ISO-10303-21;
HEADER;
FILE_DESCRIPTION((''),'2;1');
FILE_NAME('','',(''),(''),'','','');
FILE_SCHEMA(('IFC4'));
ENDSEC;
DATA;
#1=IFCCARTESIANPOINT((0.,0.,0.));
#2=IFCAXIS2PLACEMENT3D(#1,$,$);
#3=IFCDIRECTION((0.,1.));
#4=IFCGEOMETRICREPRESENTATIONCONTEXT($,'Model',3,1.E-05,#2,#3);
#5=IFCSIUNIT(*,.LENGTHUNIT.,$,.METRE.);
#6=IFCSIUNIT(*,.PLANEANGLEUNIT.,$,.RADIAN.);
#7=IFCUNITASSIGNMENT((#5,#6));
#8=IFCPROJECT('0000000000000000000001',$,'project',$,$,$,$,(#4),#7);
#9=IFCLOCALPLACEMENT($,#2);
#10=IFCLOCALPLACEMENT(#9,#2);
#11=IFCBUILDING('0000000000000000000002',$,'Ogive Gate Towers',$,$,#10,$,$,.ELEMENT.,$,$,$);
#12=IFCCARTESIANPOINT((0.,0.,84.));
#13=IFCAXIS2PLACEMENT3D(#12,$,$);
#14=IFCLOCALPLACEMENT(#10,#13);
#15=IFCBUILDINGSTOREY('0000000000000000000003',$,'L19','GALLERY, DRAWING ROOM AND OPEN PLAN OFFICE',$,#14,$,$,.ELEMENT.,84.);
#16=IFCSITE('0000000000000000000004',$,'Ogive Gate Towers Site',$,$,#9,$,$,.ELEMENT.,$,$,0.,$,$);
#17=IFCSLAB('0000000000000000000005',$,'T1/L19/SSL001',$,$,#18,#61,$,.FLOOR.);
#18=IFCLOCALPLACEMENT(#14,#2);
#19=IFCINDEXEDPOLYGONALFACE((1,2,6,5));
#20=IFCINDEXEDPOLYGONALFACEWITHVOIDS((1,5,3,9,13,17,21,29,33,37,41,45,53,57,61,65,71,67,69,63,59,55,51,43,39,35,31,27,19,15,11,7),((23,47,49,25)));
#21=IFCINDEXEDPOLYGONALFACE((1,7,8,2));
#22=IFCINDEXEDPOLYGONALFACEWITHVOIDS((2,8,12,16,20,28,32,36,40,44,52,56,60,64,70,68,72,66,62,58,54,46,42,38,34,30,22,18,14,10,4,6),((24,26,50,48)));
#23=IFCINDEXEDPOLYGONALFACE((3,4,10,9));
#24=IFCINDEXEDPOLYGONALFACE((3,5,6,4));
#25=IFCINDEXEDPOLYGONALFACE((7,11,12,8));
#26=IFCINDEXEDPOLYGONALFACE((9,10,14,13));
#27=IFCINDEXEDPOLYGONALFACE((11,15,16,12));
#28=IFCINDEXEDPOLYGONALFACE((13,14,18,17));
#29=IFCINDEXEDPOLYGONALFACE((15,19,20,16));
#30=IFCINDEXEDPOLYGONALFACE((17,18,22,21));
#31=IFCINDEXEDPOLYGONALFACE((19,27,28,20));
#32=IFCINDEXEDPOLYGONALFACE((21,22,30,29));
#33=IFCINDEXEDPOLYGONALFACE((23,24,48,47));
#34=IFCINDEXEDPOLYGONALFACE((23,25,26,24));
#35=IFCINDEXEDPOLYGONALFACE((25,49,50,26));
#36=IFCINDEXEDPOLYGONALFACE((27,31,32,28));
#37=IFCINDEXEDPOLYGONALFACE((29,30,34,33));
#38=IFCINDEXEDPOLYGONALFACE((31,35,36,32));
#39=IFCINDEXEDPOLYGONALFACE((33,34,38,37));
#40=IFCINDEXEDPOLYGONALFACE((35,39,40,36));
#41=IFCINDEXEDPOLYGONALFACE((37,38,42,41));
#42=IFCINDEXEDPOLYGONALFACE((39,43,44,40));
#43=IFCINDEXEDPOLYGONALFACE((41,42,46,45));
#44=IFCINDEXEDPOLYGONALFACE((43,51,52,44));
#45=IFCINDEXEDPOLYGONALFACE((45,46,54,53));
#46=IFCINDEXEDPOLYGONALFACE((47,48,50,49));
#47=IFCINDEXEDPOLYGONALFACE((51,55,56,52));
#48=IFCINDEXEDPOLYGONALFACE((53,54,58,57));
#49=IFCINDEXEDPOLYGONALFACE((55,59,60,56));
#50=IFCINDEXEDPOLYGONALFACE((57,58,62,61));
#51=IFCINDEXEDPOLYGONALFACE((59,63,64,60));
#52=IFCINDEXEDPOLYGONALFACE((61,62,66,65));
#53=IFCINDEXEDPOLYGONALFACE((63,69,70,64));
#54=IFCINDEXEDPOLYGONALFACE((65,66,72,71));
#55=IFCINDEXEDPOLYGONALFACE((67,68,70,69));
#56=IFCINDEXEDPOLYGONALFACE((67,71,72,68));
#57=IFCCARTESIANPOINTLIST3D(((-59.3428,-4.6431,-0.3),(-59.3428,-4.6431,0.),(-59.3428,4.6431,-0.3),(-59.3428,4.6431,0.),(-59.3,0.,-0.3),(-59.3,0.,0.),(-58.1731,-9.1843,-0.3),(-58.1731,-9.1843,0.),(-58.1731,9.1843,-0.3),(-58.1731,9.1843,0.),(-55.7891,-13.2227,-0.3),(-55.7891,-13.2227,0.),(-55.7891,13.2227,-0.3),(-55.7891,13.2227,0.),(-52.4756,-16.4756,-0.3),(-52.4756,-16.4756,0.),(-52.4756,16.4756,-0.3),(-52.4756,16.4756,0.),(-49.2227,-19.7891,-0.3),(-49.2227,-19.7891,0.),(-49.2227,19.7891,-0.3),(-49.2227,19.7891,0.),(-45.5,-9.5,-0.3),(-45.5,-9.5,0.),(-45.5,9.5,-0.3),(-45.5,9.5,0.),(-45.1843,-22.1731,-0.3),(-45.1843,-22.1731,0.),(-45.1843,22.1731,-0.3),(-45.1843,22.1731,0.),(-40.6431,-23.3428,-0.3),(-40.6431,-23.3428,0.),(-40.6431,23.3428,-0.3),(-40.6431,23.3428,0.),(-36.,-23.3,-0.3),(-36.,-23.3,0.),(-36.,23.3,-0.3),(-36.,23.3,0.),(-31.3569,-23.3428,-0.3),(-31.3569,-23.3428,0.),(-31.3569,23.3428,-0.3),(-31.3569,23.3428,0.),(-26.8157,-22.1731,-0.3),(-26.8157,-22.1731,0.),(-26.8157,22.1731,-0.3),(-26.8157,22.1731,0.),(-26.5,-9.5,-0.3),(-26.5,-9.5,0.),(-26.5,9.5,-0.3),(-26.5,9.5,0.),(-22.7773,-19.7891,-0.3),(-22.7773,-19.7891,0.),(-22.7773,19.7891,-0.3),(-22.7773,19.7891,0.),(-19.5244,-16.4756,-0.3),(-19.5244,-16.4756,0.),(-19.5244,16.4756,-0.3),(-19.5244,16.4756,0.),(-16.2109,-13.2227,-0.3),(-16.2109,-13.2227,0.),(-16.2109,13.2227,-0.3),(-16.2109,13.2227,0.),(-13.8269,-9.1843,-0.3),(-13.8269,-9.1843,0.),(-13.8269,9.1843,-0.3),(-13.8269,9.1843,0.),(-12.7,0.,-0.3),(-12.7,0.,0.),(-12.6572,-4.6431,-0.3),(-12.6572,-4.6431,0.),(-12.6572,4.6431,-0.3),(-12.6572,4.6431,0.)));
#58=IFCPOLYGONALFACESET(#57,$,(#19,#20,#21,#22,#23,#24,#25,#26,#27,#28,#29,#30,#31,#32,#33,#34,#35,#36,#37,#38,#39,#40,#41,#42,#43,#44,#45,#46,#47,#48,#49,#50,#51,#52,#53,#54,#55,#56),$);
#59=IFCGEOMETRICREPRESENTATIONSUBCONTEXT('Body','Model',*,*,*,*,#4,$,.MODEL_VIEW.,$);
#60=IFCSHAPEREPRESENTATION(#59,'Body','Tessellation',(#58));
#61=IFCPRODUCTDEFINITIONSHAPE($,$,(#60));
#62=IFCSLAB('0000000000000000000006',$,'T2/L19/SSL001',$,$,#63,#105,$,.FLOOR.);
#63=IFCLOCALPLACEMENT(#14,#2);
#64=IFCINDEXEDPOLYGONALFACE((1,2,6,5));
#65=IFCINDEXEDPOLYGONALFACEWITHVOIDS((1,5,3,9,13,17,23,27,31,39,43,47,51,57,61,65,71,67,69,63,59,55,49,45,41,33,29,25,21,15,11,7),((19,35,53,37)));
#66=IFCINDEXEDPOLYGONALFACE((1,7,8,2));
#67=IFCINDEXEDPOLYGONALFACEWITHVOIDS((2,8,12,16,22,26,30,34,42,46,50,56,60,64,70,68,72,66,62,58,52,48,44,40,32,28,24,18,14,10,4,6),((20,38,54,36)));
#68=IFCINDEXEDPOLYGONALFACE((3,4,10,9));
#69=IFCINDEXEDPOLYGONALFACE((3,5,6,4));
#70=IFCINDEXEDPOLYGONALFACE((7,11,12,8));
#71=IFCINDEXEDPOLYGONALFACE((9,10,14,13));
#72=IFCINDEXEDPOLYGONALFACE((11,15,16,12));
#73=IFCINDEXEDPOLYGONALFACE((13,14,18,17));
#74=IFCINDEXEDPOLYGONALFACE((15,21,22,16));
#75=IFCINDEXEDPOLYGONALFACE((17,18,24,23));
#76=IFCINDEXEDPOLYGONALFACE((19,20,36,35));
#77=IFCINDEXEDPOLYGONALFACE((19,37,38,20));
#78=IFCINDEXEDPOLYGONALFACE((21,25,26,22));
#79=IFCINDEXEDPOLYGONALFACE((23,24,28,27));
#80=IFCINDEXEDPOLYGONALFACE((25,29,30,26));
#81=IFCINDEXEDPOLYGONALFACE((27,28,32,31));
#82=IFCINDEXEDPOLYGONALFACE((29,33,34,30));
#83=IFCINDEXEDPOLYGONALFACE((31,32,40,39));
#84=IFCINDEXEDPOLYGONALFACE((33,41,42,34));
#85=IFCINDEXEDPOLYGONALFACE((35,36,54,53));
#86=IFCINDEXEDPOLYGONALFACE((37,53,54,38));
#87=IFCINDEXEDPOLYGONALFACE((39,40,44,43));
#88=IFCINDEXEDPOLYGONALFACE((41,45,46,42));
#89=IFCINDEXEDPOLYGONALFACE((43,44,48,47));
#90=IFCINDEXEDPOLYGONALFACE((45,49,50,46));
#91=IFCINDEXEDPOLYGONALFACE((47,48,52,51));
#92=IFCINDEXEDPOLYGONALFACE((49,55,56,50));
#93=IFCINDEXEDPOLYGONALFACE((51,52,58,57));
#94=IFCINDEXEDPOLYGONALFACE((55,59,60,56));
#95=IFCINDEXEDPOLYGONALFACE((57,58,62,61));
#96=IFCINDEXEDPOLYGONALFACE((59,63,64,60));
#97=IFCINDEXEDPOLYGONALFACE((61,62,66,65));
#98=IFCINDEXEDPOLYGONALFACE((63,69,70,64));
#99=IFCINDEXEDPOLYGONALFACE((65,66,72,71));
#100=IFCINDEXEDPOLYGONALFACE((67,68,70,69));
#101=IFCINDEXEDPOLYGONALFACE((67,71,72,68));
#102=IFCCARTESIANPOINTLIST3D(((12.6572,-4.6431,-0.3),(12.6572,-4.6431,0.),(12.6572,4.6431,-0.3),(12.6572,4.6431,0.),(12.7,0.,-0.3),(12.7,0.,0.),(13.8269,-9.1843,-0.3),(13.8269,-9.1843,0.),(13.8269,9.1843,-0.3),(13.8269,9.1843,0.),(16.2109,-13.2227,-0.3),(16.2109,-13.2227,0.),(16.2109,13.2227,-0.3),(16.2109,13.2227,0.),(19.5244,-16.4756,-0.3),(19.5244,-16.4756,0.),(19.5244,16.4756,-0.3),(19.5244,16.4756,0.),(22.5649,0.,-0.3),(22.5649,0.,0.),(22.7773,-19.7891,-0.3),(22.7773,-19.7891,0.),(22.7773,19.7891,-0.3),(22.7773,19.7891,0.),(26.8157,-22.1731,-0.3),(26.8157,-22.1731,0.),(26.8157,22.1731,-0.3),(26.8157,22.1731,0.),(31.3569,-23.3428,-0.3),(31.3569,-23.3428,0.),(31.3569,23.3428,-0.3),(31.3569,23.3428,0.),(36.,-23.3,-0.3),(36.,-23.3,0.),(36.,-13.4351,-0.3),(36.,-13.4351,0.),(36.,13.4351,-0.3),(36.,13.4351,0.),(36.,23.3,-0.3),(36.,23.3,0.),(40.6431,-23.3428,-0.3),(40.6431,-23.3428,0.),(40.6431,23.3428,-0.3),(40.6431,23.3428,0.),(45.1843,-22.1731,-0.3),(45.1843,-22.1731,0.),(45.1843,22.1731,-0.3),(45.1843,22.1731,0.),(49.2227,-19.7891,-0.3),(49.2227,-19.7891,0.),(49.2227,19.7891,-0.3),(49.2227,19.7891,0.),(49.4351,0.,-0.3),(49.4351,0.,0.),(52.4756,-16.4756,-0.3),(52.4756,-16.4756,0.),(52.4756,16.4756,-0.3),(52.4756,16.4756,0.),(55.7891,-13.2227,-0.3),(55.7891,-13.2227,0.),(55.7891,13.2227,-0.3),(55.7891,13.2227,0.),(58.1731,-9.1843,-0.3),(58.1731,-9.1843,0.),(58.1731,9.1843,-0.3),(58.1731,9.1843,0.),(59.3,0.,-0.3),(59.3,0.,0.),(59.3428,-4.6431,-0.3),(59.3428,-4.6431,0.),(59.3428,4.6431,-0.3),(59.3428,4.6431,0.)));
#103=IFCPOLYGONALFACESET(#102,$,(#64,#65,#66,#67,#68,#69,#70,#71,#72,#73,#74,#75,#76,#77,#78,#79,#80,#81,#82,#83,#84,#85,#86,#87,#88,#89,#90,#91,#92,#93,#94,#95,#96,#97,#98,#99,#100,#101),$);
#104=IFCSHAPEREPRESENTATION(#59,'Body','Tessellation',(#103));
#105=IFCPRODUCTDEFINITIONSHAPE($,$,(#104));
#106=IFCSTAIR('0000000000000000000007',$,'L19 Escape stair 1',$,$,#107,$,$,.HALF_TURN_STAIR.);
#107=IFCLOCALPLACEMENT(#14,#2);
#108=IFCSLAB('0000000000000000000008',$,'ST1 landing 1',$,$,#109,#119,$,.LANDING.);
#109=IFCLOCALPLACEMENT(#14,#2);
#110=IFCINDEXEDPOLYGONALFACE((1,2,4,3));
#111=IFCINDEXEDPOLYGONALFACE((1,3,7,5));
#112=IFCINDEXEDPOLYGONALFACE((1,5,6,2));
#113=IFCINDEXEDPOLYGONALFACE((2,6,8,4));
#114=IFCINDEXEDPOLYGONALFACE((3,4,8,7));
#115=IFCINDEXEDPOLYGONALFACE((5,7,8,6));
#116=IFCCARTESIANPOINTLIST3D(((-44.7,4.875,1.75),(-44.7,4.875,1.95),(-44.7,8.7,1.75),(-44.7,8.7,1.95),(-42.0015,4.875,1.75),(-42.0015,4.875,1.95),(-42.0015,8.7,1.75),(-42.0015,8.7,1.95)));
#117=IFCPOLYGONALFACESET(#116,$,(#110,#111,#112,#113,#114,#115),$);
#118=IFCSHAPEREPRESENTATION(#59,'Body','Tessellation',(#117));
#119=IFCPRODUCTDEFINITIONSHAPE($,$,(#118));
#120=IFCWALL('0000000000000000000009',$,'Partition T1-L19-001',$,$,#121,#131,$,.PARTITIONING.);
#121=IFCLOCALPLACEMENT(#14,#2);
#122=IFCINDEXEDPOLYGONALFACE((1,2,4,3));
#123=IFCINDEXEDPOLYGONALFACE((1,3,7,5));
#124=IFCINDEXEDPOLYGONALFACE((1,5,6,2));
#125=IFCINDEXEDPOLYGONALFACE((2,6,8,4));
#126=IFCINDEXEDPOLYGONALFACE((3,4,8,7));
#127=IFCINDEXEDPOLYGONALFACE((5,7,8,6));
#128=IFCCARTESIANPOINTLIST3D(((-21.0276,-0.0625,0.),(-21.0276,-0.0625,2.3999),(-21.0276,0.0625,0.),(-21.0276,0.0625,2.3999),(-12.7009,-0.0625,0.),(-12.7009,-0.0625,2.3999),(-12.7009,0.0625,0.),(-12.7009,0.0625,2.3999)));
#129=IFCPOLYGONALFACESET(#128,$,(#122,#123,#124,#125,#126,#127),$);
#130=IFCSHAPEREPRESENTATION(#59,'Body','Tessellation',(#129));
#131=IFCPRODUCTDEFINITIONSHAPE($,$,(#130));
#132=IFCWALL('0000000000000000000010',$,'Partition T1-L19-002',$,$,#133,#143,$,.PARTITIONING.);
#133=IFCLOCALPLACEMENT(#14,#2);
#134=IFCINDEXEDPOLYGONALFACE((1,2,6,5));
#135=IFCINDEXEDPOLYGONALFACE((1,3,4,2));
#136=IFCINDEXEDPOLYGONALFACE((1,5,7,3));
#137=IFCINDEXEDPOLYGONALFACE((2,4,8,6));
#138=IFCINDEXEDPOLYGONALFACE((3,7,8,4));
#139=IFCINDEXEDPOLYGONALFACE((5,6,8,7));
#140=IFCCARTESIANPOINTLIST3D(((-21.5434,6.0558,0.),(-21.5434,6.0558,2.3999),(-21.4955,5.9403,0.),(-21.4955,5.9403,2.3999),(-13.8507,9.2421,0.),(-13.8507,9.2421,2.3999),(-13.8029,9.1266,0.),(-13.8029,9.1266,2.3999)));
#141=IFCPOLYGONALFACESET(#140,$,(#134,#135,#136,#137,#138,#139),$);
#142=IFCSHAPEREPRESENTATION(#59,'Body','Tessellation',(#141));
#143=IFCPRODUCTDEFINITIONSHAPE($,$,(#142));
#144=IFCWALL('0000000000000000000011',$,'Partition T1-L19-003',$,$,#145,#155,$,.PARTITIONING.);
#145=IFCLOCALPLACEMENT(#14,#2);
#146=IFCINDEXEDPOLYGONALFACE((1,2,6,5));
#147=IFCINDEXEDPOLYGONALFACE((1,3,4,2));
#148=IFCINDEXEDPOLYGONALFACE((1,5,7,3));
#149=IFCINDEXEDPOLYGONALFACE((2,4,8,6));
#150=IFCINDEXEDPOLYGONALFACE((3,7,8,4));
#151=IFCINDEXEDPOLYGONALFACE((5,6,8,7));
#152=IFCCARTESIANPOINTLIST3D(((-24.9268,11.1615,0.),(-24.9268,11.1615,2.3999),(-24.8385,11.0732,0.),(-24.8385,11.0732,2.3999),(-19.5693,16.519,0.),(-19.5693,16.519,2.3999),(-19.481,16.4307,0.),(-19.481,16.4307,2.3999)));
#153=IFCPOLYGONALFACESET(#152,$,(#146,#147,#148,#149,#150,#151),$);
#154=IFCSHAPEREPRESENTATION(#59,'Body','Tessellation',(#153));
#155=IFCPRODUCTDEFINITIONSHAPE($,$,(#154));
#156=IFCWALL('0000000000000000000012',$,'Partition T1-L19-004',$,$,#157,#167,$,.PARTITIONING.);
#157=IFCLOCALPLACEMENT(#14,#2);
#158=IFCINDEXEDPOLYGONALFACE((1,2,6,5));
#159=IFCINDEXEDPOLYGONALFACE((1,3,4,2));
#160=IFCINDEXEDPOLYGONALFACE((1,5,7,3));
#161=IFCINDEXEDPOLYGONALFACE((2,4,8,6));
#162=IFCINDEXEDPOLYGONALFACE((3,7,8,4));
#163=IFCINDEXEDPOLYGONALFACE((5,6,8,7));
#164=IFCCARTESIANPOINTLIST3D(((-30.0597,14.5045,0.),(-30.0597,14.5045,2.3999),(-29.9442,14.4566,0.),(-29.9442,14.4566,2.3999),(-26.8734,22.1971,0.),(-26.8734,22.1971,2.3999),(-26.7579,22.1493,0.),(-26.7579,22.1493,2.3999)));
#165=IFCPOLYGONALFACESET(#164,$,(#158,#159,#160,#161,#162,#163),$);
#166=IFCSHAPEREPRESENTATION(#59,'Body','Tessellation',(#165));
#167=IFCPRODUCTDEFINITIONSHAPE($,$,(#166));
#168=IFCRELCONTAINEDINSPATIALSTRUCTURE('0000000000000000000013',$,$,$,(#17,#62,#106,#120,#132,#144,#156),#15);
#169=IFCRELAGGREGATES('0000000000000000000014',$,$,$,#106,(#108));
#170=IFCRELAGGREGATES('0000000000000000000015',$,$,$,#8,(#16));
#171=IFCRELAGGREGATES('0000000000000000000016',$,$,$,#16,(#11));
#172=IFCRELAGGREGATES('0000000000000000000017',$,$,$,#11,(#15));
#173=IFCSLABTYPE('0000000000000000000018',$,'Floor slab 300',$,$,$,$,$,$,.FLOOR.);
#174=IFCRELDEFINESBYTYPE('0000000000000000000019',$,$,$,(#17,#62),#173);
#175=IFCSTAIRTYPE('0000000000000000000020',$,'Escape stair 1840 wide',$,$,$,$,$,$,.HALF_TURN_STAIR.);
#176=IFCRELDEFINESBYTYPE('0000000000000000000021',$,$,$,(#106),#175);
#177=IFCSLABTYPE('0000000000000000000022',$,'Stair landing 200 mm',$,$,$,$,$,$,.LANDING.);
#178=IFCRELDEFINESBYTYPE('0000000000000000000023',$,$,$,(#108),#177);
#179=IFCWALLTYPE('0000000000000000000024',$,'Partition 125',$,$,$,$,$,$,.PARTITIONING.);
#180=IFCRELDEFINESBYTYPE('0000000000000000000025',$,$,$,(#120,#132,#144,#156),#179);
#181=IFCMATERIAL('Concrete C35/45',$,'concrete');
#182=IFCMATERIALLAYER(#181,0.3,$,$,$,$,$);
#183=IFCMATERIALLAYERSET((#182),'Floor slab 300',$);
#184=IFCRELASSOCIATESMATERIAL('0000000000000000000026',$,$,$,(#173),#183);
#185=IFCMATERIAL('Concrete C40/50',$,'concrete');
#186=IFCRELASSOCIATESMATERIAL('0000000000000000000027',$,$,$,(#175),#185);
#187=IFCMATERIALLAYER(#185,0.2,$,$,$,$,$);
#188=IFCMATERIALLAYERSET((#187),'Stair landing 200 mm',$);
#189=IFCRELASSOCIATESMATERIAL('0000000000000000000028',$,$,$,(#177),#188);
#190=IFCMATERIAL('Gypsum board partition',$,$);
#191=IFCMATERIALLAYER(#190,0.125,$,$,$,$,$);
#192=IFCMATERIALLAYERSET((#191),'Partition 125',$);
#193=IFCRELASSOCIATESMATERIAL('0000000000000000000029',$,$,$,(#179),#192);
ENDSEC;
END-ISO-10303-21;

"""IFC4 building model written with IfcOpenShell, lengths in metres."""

from ifc_helpers import new_model, si_unit, direction, frame, frame_2d, origin, place, context, subcontext, project, spatial, polyline, rectangle, outline, extrude, material, layer, layer_set, type_object, element, aggregate, save


model = new_model("IFC4")

# Units and contexts
model_context = context("Model", 3, precision=1e-05, world=origin(), true_north=direction((0.0, 1.0)))
body_context = subcontext(model_context, "Body", "Model", "MODEL_VIEW")
ifc_project = project(units=[si_unit("LENGTHUNIT", "METRE"), si_unit("PLANEANGLEUNIT", "RADIAN")], contexts=[model_context])

# Site, building, storey
site_placement = place(None, origin())
site = spatial("IfcSite", under=ifc_project, at=site_placement, Name="Ogive Gate Towers Site", CompositionType="ELEMENT", RefElevation=0.0)
building_placement = place(site_placement, origin())
building = spatial("IfcBuilding", under=site, at=building_placement, Name="Ogive Gate Towers", CompositionType="ELEMENT")
storey_placement = place(building_placement, frame((0.0, 0.0, 84.0)))
storey = spatial("IfcBuildingStorey", under=building, at=storey_placement, Name="L19", Description="GALLERY, DRAWING ROOM AND OPEN PLAN OFFICE", CompositionType="ELEMENT", Elevation=84.0)

# Slabs
ifc_material_1 = material(Name="Concrete C40/50", Category="concrete")
ifc_material_2 = material(Name="Concrete C35/45", Category="concrete")
ifc_layer_1 = layer(ifc_material_2, 0.3)
ifc_layer_set_1 = layer_set([ifc_layer_1], Name="Floor slab 300")
slab_type_1 = type_object("IfcSlabType", Name="Floor slab 300", PredefinedType="FLOOR", material=ifc_layer_set_1)
slab_1_placement = place(storey_placement, frame((0.0, 0.0, -0.3)))
element("IfcSlab", 1, at=slab_1_placement, inside=storey, type_object=slab_type_1, Name="T1/L19/SSL001", PredefinedType="FLOOR", context=body_context, shape_type="SweptSolid", body=[
    extrude(outline(polyline([(-12.6572, -4.6431), (-12.7, 0.0), (-12.6572, 4.6431), (-13.8269, 9.1843), (-16.2109, 13.2227), (-19.5244, 16.4756), (-22.7773, 19.7891), (-26.8157, 22.1731), (-31.3569, 23.3428), (-36.0, 23.3), (-40.6431, 23.3428), (-45.1843, 22.1731), (-49.2227, 19.7891), (-52.4756, 16.4756), (-55.7891, 13.2227), (-58.1731, 9.1843), (-59.3428, 4.6431), (-59.3, 0.0), (-59.3428, -4.6431), (-58.1731, -9.1843), (-55.7891, -13.2227), (-52.4756, -16.4756), (-49.2227, -19.7891), (-45.1843, -22.1731), (-40.6431, -23.3428), (-36.0, -23.3), (-31.3569, -23.3428), (-26.8157, -22.1731), (-22.7773, -19.7891), (-19.5244, -16.4756), (-16.2109, -13.2227), (-13.8269, -9.1843), (-12.6572, -4.6431)]), holes=[polyline([(-26.5, -9.5), (-45.5, -9.5), (-45.5, 9.5), (-26.5, 9.5), (-26.5, -9.5)])]), origin(), (0.0, 0.0, 1.0), 0.3),
])
slab_2_placement = place(storey_placement, frame((0.0, 0.0, -0.3)))
element("IfcSlab", 2, at=slab_2_placement, inside=storey, type_object=slab_type_1, Name="T2/L19/SSL001", PredefinedType="FLOOR", context=body_context, shape_type="SweptSolid", body=[
    extrude(outline(polyline([(59.3428, -4.6431), (59.3, 0.0), (59.3428, 4.6431), (58.1731, 9.1843), (55.7891, 13.2227), (52.4756, 16.4756), (49.2227, 19.7891), (45.1843, 22.1731), (40.6431, 23.3428), (36.0, 23.3), (31.3569, 23.3428), (26.8157, 22.1731), (22.7773, 19.7891), (19.5244, 16.4756), (16.2109, 13.2227), (13.8269, 9.1843), (12.6572, 4.6431), (12.7, 0.0), (12.6572, -4.6431), (13.8269, -9.1843), (16.2109, -13.2227), (19.5244, -16.4756), (22.7773, -19.7891), (26.8157, -22.1731), (31.3569, -23.3428), (36.0, -23.3), (40.6431, -23.3428), (45.1843, -22.1731), (49.2227, -19.7891), (52.4756, -16.4756), (55.7891, -13.2227), (58.1731, -9.1843), (59.3428, -4.6431)]), holes=[polyline([(49.4351, 0.0), (36.0, -13.4351), (22.5649, 0.0), (36.0, 13.4351), (49.4351, 0.0)])]), origin(), (0.0, 0.0, 1.0), 0.3),
])

# Stair, slab
stair_type = type_object("IfcStairType", Name="Escape stair 1840 wide", PredefinedType="HALF_TURN_STAIR", material=ifc_material_1)
stair_placement = place(storey_placement, origin())
stair = element("IfcStair", 3, at=stair_placement, inside=storey, type_object=stair_type, Name="L19 Escape stair 1", PredefinedType="HALF_TURN_STAIR")
ifc_layer_2 = layer(ifc_material_1, 0.2)
ifc_layer_set_2 = layer_set([ifc_layer_2], Name="Stair landing 200 mm")
slab_type_2 = type_object("IfcSlabType", Name="Stair landing 200 mm", PredefinedType="LANDING", material=ifc_layer_set_2)
slab_3_placement = place(storey_placement, frame((0.0, 0.0, 1.75)))
slab_3 = element("IfcSlab", 4, at=slab_3_placement, type_object=slab_type_2, Name="ST1 landing 1", PredefinedType="LANDING", context=body_context, shape_type="SweptSolid", body=[
    extrude(outline(polyline([(-42.0015, 8.7), (-44.7, 8.7), (-44.7, 4.875), (-42.0015, 4.875), (-42.0015, 8.7)])), origin(), (0.0, 0.0, 1.0), 0.2),
])
aggregate(stair, [slab_3])

# Walls
ifc_material_3 = material(Name="Gypsum board partition")
ifc_layer_3 = layer(ifc_material_3, 0.125)
ifc_layer_set_3 = layer_set([ifc_layer_3], Name="Partition 125")
wall_type_1 = type_object("IfcWallType", Name="Partition 125", PredefinedType="PARTITIONING", material=ifc_layer_set_3)
wall_1_placement = place(storey_placement, frame((-12.7009, 0.0, 0.0), z_axis=(0.0, 0.0, 1.0), x_axis=(-1.0, 0.0, 0.0)))
element("IfcWall", 5, at=wall_1_placement, inside=storey, type_object=wall_type_1, Name="Partition T1-L19-001", PredefinedType="PARTITIONING", context=body_context, shape_type="SweptSolid", body=[
    extrude(rectangle(XDim=8.3267, YDim=0.125, at=frame_2d((4.1633, 0.0))), origin(), (0.0, 0.0, 1.0), 2.3999),
])
wall_2_placement = place(storey_placement, frame((-13.8269, 9.1843, 0.0), z_axis=(0.0, 0.0, 1.0), x_axis=(-0.923884, -0.382672, 0.0)))
element("IfcWall", 6, at=wall_2_placement, inside=storey, type_object=wall_type_1, Name="Partition T1-L19-002", PredefinedType="PARTITIONING", context=body_context, shape_type="SweptSolid", body=[
    extrude(rectangle(XDim=8.3264, YDim=0.125, at=frame_2d((4.1631, 0.0))), origin(), (0.0, 0.0, 1.0), 2.3999),
])
wall_3_placement = place(storey_placement, frame((-19.5251, 16.4749, 0.0), z_axis=(0.0, 0.0, 1.0), x_axis=(-0.707107, -0.707107, 0.0)))
element("IfcWall", 7, at=wall_3_placement, inside=storey, type_object=wall_type_1, Name="Partition T1-L19-003", PredefinedType="PARTITIONING", context=body_context, shape_type="SweptSolid", body=[
    extrude(rectangle(XDim=7.5767, YDim=0.125, at=frame_2d((3.7883, 0.0))), origin(), (0.0, 0.0, 1.0), 2.3999),
])
wall_4_placement = place(storey_placement, frame((-26.8157, 22.1731, 0.0), z_axis=(0.0, 0.0, 1.0), x_axis=(-0.382672, -0.923884, 0.0)))
element("IfcWall", 8, at=wall_4_placement, inside=storey, type_object=wall_type_1, Name="Partition T1-L19-004", PredefinedType="PARTITIONING", context=body_context, shape_type="SweptSolid", body=[
    extrude(rectangle(XDim=8.3264, YDim=0.125, at=frame_2d((4.1631, 0.0))), origin(), (0.0, 0.0, 1.0), 2.3999),
])

save(model, "model.ifc")
